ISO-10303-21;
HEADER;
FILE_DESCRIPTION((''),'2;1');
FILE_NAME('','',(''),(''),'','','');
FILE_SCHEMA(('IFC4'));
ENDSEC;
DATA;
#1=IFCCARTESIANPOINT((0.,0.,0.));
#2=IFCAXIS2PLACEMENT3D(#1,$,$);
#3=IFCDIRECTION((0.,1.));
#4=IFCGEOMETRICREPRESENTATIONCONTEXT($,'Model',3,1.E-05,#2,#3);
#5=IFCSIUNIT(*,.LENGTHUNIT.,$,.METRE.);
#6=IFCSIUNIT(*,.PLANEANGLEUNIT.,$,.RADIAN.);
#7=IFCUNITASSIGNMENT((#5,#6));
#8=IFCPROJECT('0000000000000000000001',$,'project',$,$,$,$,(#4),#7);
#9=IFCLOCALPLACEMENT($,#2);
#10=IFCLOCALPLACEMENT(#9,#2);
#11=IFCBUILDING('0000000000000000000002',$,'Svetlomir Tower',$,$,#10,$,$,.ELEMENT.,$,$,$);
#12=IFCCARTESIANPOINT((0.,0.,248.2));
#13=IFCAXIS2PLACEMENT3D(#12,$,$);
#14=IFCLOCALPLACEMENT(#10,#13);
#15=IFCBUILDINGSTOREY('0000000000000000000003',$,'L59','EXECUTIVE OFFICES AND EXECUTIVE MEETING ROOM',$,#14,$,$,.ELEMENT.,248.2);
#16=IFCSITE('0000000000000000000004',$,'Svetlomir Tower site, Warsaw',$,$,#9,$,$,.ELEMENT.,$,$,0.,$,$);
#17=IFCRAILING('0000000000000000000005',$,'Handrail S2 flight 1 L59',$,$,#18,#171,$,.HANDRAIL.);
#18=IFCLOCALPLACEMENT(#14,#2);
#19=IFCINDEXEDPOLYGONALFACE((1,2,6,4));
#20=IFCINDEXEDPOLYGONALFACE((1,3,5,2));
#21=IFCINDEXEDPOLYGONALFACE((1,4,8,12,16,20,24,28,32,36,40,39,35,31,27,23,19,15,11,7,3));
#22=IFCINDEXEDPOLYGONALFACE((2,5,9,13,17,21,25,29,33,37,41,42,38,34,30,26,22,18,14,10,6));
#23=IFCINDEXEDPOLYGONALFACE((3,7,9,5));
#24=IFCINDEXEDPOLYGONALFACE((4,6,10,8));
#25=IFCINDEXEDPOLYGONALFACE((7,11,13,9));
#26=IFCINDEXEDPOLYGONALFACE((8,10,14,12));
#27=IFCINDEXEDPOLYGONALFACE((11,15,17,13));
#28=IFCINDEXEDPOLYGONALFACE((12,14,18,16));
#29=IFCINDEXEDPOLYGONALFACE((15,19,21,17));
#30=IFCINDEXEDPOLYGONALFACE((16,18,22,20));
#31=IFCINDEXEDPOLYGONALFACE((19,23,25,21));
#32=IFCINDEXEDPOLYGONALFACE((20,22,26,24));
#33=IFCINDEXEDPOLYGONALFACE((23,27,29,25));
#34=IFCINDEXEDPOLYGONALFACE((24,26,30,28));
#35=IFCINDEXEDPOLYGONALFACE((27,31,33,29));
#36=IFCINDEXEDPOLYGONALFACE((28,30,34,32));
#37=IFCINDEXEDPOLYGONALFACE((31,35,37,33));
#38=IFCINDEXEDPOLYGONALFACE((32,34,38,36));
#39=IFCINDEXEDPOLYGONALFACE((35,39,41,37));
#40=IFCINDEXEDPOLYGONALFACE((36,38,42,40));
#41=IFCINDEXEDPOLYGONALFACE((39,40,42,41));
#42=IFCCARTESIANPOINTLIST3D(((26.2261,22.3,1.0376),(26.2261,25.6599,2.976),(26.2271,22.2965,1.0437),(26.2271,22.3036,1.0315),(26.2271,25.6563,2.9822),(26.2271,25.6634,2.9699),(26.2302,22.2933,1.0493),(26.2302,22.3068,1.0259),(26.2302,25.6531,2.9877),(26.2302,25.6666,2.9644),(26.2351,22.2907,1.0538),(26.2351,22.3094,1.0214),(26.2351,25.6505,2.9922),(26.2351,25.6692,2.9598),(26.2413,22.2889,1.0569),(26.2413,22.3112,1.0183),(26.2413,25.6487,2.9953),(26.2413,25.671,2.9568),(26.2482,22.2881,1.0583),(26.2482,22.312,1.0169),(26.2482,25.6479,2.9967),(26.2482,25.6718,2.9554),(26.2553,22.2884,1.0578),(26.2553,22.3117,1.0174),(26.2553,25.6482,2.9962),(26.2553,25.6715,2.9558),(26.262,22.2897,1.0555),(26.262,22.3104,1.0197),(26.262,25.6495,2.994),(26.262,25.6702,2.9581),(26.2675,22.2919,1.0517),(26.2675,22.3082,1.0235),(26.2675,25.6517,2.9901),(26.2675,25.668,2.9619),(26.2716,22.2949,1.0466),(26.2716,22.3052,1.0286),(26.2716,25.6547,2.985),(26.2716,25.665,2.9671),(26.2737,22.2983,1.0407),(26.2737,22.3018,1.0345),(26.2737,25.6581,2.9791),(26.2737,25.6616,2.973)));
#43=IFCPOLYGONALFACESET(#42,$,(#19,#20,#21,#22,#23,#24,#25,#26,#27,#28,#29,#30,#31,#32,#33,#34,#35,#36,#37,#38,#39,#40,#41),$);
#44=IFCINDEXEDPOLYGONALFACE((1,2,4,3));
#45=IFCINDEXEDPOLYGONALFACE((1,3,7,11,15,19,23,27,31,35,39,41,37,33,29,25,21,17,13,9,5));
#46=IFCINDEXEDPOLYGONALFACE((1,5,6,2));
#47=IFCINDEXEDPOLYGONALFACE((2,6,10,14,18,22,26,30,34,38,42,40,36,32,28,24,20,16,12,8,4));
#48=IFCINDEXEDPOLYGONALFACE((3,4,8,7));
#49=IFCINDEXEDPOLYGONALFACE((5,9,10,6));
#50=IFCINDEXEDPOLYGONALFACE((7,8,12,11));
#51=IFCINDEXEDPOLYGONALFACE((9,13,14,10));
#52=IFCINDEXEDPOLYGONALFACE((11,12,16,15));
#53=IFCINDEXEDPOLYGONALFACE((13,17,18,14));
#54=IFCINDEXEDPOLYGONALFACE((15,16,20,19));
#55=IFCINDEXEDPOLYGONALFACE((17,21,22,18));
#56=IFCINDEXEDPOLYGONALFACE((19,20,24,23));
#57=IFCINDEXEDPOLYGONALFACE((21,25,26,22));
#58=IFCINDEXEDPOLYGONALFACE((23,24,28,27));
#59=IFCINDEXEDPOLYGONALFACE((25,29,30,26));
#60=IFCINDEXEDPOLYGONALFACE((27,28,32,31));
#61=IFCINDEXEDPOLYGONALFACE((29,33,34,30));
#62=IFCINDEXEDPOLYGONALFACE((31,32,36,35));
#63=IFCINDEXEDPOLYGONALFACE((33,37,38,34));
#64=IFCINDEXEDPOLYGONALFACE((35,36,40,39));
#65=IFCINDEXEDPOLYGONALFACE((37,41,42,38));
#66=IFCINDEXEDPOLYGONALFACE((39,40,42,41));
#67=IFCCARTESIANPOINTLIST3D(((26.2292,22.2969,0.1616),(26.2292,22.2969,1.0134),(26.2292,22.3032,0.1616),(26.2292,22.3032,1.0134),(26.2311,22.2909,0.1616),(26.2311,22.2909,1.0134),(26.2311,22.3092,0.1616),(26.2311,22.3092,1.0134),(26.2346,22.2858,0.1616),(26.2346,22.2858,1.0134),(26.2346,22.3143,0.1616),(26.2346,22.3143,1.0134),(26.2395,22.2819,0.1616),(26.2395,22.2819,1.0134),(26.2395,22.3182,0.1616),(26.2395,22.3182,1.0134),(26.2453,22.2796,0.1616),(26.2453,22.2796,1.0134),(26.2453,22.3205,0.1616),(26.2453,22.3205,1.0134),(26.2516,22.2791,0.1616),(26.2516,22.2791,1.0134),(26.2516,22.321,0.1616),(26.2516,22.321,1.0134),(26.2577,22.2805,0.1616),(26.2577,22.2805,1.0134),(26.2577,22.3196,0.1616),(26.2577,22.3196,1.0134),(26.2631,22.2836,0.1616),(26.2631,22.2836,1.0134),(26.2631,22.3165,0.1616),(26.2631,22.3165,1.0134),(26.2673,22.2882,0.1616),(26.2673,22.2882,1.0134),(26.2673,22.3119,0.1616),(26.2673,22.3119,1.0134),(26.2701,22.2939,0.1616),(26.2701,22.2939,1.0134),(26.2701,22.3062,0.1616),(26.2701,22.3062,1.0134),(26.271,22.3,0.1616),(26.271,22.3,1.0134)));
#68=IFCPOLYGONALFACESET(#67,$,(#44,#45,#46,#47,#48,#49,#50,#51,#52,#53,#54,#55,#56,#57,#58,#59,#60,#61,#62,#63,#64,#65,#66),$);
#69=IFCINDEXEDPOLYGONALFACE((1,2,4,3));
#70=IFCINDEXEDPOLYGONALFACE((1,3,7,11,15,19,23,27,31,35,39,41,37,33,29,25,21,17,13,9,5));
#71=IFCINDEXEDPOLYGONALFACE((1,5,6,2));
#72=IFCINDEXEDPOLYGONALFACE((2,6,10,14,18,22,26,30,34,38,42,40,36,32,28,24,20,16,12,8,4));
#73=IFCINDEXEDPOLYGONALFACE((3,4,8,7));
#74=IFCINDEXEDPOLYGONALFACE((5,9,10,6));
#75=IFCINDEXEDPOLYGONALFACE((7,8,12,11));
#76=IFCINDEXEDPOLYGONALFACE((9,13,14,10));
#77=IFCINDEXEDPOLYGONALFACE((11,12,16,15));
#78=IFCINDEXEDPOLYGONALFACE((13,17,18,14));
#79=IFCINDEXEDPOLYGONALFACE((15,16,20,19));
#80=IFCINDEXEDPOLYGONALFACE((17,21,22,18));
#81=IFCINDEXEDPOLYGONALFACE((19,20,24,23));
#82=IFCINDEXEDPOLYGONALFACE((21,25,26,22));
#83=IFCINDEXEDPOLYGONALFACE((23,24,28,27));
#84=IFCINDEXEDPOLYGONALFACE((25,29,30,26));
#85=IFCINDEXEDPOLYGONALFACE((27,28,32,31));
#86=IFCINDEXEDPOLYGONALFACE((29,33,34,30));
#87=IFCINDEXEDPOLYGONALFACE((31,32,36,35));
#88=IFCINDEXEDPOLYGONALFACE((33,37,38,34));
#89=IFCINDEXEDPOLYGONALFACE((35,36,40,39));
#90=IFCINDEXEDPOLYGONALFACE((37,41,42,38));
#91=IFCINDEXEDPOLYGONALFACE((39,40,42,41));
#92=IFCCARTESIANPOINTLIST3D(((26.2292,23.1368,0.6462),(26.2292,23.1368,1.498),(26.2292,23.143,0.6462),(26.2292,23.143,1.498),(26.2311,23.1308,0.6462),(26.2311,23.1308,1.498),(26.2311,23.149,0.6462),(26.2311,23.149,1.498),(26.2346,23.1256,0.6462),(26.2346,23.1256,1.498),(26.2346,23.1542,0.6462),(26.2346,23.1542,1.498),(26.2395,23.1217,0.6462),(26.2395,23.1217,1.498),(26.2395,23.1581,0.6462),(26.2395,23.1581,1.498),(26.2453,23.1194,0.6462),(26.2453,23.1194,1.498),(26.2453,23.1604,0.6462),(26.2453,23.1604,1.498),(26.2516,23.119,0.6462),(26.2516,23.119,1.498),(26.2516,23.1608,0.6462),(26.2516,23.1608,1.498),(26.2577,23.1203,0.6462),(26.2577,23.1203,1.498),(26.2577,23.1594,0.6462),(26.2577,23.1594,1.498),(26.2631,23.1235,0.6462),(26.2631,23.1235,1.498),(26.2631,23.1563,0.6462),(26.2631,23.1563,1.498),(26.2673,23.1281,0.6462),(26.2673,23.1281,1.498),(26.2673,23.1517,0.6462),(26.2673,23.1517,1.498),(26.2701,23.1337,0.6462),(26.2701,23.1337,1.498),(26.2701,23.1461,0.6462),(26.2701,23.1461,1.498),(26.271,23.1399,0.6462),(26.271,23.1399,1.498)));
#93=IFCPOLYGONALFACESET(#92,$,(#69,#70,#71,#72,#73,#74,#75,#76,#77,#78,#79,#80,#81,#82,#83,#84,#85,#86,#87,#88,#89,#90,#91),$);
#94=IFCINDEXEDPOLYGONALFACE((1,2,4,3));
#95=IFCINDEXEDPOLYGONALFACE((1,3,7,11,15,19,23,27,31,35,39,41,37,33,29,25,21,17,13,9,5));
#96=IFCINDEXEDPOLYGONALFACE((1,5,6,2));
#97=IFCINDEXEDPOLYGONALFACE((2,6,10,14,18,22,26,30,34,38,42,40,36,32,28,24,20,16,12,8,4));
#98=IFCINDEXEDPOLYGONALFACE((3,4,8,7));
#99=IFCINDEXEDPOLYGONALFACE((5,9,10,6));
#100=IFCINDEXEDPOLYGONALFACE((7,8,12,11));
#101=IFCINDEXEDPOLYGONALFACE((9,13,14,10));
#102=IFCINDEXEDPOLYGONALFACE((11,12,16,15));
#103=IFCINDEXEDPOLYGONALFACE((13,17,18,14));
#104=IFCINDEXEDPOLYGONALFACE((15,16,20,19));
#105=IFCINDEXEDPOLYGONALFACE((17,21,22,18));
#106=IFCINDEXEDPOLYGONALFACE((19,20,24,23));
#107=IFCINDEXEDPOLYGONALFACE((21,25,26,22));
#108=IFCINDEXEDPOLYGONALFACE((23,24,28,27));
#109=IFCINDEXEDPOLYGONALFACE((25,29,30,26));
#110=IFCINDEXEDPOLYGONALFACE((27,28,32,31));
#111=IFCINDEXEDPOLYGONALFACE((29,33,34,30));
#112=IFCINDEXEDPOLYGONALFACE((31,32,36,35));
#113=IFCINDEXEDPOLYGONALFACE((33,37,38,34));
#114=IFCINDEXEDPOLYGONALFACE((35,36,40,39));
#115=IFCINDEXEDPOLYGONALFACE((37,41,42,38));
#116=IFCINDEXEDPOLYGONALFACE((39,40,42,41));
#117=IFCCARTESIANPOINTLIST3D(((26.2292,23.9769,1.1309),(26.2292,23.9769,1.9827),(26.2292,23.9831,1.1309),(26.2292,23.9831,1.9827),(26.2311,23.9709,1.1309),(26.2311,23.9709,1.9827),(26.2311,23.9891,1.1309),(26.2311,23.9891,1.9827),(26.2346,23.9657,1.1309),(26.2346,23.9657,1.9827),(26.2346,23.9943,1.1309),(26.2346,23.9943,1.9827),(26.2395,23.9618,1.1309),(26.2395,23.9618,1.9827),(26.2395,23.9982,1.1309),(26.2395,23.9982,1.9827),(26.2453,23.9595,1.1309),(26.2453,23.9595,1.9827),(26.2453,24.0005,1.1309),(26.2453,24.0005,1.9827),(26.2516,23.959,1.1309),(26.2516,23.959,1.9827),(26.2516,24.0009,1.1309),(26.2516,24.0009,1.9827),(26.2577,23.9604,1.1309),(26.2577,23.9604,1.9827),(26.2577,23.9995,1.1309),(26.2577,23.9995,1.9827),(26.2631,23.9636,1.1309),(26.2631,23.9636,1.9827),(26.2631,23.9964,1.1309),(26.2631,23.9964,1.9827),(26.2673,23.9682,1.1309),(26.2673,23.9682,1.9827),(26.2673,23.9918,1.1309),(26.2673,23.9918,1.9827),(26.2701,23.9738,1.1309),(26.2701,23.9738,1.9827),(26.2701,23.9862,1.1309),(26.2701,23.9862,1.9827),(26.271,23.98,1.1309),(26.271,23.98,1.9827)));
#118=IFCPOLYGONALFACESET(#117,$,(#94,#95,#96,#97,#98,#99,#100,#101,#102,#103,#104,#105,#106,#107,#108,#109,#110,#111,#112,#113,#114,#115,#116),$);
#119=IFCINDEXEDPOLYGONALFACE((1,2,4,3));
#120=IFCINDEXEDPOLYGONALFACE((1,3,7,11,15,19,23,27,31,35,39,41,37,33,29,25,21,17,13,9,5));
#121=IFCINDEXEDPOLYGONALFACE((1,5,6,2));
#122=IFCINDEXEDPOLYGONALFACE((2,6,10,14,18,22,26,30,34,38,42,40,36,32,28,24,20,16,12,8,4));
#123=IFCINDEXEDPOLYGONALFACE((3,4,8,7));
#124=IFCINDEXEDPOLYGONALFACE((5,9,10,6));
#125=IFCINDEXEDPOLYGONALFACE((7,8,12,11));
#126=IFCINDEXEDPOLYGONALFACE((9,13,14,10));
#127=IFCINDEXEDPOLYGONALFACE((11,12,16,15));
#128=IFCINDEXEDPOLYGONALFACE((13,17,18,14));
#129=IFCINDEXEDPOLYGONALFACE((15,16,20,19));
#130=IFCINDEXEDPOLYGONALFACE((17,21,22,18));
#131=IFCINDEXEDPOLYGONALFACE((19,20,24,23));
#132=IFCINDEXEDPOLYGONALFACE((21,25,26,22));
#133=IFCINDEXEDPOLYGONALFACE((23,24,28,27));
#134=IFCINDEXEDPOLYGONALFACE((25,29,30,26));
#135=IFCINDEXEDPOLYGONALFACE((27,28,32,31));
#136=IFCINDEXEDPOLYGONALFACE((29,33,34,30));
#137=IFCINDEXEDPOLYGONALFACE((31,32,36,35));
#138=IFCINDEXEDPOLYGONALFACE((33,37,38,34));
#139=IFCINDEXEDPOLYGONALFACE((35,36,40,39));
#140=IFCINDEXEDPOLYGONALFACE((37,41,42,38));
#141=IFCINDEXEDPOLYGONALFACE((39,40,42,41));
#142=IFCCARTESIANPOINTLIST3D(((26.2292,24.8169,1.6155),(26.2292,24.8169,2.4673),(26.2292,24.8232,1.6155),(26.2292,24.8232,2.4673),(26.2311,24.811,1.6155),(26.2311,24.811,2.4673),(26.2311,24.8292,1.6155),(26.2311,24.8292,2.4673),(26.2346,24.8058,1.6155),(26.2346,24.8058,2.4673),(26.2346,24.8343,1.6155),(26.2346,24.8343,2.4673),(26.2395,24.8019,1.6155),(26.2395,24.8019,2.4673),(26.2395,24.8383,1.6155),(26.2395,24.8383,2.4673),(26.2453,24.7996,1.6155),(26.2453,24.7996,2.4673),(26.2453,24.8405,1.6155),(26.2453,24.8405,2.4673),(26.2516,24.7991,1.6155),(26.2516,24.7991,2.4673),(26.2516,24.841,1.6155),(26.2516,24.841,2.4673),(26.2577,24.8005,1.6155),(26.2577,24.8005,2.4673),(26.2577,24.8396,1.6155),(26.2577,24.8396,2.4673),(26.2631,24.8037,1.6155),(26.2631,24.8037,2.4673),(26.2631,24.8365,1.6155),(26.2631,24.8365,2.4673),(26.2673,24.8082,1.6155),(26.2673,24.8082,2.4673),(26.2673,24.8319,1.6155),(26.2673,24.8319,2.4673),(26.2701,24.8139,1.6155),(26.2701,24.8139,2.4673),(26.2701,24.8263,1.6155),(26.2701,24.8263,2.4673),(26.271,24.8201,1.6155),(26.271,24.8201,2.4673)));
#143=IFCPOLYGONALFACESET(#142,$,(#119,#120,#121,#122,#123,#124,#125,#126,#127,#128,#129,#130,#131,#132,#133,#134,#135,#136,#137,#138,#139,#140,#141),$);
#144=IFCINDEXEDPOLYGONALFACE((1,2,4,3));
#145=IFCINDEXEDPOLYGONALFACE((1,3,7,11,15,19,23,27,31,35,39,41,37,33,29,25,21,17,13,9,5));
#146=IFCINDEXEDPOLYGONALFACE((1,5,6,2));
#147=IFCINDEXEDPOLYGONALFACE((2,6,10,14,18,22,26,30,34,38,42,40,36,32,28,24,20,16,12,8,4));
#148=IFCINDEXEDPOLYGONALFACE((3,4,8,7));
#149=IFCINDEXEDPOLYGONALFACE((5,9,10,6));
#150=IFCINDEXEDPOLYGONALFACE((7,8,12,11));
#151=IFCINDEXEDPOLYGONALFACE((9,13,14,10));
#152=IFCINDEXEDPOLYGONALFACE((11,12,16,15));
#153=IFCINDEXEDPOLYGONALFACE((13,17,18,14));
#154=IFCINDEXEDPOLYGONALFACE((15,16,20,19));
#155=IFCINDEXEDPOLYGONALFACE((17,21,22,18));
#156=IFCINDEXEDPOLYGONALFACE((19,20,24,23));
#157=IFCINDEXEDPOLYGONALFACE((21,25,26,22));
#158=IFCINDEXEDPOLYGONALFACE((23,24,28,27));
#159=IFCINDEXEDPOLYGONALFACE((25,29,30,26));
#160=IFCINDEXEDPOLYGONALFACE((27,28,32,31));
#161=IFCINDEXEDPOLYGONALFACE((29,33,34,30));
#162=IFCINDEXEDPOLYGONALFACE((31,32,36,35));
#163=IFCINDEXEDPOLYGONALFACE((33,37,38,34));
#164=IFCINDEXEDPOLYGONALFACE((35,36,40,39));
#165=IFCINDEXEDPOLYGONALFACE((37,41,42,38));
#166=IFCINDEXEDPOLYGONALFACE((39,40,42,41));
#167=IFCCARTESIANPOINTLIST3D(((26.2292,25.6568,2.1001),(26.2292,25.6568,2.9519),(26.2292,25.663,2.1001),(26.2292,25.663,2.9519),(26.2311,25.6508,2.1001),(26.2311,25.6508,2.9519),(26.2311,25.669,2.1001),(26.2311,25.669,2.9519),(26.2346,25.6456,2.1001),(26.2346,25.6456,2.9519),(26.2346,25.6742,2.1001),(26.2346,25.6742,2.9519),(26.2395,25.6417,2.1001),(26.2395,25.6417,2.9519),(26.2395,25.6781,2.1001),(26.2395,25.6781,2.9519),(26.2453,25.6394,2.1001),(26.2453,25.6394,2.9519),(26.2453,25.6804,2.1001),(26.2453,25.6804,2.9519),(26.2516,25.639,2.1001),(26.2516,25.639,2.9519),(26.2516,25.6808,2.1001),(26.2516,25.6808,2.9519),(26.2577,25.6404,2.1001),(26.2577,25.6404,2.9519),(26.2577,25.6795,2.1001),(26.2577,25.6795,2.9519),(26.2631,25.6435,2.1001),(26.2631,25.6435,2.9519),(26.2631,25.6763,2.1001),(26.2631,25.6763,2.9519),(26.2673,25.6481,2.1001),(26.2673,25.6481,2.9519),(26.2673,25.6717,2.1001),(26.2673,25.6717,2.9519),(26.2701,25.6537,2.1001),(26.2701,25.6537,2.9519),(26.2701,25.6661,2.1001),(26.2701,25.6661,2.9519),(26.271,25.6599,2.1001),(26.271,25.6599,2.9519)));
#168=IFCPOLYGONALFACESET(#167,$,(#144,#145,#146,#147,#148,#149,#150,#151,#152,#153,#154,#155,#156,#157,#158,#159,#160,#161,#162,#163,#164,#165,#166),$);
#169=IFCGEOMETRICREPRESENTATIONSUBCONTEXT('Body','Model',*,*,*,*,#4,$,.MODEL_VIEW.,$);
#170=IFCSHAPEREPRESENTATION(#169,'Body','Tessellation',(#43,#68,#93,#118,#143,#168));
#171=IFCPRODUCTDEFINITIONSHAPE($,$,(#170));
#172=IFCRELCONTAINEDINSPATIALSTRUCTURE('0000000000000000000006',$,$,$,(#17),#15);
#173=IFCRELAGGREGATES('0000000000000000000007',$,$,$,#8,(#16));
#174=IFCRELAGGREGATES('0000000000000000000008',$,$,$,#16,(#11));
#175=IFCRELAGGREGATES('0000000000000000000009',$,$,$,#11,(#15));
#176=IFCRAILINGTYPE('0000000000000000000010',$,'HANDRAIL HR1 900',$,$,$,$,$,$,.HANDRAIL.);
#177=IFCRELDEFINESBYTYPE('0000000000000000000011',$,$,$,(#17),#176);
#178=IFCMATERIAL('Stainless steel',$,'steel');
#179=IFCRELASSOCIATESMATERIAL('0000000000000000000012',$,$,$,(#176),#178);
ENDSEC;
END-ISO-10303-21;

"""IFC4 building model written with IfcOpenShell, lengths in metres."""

from ifc_helpers import new_model, si_unit, direction, frame, origin, origin_2d, place, context, subcontext, project, spatial, circle, extrude, material, type_object, element, save


model = new_model("IFC4")

# Units and contexts
model_context = context("Model", 3, precision=1e-05, world=origin(), true_north=direction((0.0, 1.0)))
body_context = subcontext(model_context, "Body", "Model", "MODEL_VIEW")
ifc_project = project(units=[si_unit("LENGTHUNIT", "METRE"), si_unit("PLANEANGLEUNIT", "RADIAN")], contexts=[model_context])

# Site, building, storey
site_placement = place(None, origin())
site = spatial("IfcSite", under=ifc_project, at=site_placement, Name="Svetlomir Tower site, Warsaw", CompositionType="ELEMENT", RefElevation=0.0)
building_placement = place(site_placement, origin())
building = spatial("IfcBuilding", under=site, at=building_placement, Name="Svetlomir Tower", CompositionType="ELEMENT")
storey_placement = place(building_placement, frame((0.0, 0.0, 248.2)))
storey = spatial("IfcBuildingStorey", under=building, at=storey_placement, Name="L59", Description="EXECUTIVE OFFICES AND EXECUTIVE MEETING ROOM", CompositionType="ELEMENT", Elevation=248.2)

# Railing
ifc_material_1 = material(Name="Stainless steel", Category="steel")
railing_type = type_object("IfcRailingType", Name="HANDRAIL HR1 900", PredefinedType="HANDRAIL", material=ifc_material_1)
railing_1_placement = place(storey_placement, frame((26.25, 22.3, 0.1616)))
element("IfcRailing", 1, at=railing_1_placement, inside=storey, type_object=railing_type, Name="Handrail S2 flight 1 L59", PredefinedType="HANDRAIL", context=body_context, shape_type="SweptSolid", body=[
    extrude(circle(Radius=0.0239, at=origin_2d()), frame((0.0, 0.0, 0.876), z_axis=(0.0, 0.866175, 0.499741), x_axis=(-1.0, 0.0, 0.0)), (0.0, 0.0, 1.0), 3.8789),
    extrude(circle(Radius=0.021, at=origin_2d()), origin(), (0.0, 0.0, 1.0), 0.8518),
    extrude(circle(Radius=0.021, at=origin_2d()), frame((0.0, 0.8398, 0.4846)), (0.0, 0.0, 1.0), 0.8518),
    extrude(circle(Radius=0.021, at=origin_2d()), frame((0.0, 1.6799, 0.9692)), (0.0, 0.0, 1.0), 0.8518),
    extrude(circle(Radius=0.021, at=origin_2d()), frame((0.0, 2.52, 1.4539)), (0.0, 0.0, 1.0), 0.8518),
    extrude(circle(Radius=0.021, at=origin_2d()), frame((0.0, 3.3599, 1.9385)), (0.0, 0.0, 1.0), 0.8518),
])

save(model, "model.ifc")
